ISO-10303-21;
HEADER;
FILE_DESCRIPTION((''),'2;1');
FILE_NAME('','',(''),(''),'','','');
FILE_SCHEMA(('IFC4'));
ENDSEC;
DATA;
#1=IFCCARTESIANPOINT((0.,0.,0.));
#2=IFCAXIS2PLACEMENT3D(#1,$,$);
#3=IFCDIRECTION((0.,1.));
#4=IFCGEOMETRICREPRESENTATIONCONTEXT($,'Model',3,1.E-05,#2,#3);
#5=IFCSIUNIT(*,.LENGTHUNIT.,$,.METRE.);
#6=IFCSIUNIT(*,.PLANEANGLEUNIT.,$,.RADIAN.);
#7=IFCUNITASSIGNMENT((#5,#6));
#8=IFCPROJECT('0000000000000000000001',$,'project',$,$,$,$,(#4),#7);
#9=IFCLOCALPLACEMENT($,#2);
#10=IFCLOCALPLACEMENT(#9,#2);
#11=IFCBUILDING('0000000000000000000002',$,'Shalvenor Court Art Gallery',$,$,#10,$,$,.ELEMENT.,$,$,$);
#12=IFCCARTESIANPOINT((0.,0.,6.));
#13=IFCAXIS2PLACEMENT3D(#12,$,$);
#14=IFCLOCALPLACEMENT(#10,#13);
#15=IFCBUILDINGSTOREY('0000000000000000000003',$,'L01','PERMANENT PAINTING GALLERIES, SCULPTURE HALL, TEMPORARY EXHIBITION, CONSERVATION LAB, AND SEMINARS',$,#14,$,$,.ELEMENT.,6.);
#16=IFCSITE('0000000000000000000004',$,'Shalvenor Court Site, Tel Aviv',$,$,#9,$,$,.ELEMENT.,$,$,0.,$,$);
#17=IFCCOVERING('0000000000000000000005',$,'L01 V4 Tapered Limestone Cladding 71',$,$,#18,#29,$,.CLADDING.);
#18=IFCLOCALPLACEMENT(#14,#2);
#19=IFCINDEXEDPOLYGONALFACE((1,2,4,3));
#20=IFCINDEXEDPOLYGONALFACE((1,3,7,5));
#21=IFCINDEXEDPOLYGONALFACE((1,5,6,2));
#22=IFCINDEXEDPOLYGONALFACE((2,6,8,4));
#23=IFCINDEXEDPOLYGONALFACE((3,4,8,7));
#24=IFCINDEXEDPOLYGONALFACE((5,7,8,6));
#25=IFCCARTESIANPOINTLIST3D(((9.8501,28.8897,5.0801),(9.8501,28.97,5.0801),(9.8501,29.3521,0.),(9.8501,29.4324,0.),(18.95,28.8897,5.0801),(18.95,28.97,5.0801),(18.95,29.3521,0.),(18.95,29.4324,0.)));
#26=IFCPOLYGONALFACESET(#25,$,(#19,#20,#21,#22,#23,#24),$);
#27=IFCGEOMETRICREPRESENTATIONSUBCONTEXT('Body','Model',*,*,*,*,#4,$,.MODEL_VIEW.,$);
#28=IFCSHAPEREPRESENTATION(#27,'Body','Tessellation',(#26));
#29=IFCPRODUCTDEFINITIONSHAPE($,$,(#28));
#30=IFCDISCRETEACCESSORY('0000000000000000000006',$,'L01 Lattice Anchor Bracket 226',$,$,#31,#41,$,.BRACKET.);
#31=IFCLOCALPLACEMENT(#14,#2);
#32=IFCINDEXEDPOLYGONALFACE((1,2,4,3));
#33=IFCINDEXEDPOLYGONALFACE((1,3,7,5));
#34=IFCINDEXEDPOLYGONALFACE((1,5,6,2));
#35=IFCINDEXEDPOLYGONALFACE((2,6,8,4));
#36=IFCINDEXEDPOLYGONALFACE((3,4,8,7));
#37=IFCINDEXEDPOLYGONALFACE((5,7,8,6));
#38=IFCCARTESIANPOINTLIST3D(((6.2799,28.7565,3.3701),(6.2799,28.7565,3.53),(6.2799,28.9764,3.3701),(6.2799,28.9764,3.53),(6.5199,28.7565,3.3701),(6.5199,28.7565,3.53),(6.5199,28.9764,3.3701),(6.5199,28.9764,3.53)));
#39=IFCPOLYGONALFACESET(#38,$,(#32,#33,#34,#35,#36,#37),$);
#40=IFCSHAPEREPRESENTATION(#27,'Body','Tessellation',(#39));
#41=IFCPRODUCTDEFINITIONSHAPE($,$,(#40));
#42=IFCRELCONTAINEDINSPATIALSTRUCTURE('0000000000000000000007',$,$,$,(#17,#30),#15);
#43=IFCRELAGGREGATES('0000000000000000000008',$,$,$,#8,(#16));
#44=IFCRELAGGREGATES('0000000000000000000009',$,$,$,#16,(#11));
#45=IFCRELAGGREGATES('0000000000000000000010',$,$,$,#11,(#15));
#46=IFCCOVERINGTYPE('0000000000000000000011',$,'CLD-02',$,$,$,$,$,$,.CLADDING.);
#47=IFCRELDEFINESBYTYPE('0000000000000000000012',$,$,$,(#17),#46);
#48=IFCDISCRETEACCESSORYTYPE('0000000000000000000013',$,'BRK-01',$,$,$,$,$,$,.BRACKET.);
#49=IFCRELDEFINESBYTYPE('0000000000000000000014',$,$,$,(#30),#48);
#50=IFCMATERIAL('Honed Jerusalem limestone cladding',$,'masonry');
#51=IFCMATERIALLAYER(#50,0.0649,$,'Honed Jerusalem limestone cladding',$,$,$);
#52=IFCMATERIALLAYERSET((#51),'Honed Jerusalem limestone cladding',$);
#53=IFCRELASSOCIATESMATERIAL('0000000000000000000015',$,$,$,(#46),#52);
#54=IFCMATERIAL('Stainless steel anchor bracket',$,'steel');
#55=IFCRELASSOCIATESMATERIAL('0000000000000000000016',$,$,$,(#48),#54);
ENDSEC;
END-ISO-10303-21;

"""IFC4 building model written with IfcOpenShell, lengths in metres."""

from ifc_helpers import new_model, si_unit, direction, frame, origin, origin_2d, place, context, subcontext, project, spatial, polyline, rectangle, outline, extrude, material, layer, layer_set, type_object, element, save


model = new_model("IFC4")

# Units and contexts
model_context = context("Model", 3, precision=1e-05, world=origin(), true_north=direction((0.0, 1.0)))
body_context = subcontext(model_context, "Body", "Model", "MODEL_VIEW")
ifc_project = project(units=[si_unit("LENGTHUNIT", "METRE"), si_unit("PLANEANGLEUNIT", "RADIAN")], contexts=[model_context])

# Site, building, storey
site_placement = place(None, origin())
site = spatial("IfcSite", under=ifc_project, at=site_placement, Name="Shalvenor Court Site, Tel Aviv", CompositionType="ELEMENT", RefElevation=0.0)
building_placement = place(site_placement, origin())
building = spatial("IfcBuilding", under=site, at=building_placement, Name="Shalvenor Court Art Gallery", CompositionType="ELEMENT")
storey_placement = place(building_placement, frame((0.0, 0.0, 6.0)))
storey = spatial("IfcBuildingStorey", under=building, at=storey_placement, Name="L01", Description="PERMANENT PAINTING GALLERIES, SCULPTURE HALL, TEMPORARY EXHIBITION, CONSERVATION LAB, AND SEMINARS", CompositionType="ELEMENT", Elevation=6.0)

# Covering
ifc_material_1 = material(Name="Honed Jerusalem limestone cladding", Category="masonry")
ifc_layer_1 = layer(ifc_material_1, 0.0649, Name="Honed Jerusalem limestone cladding")
ifc_layer_set_1 = layer_set([ifc_layer_1], Name="Honed Jerusalem limestone cladding")
covering_type = type_object("IfcCoveringType", Name="CLD-02", PredefinedType="CLADDING", material=ifc_layer_set_1)
covering_placement = place(storey_placement, frame((18.95, 29.4324, 0.0), z_axis=(0.0, 0.0, 1.0), x_axis=(-1.0, 0.0, 0.0)))
element("IfcCovering", 1, at=covering_placement, inside=storey, type_object=covering_type, Name="L01 V4 Tapered Limestone Cladding 71", PredefinedType="CLADDING", context=body_context, shape_type="SweptSolid", body=[
    extrude(outline(polyline([(0.0, 0.0), (9.0999, 0.0), (9.0999, 5.1011), (0.0, 5.1011), (0.0, 0.0)])), frame((0.0, 0.0, 0.0), z_axis=(0.0, -0.995884, 0.090633), x_axis=(1.0, 0.0, 0.0)), (0.0, 0.090633, -0.995884), 0.0803),
])

# Discrete accessory
ifc_material_2 = material(Name="Stainless steel anchor bracket", Category="steel")
discrete_accessory_type = type_object("IfcDiscreteAccessoryType", Name="BRK-01", PredefinedType="BRACKET", material=ifc_material_2)
discrete_accessory_placement = place(storey_placement, frame((6.3999, 28.8665, 3.3701), z_axis=(0.0, 0.0, 1.0), x_axis=(1.0, 0.0, 0.0)))
element("IfcDiscreteAccessory", 2, at=discrete_accessory_placement, inside=storey, type_object=discrete_accessory_type, Name="L01 Lattice Anchor Bracket 226", PredefinedType="BRACKET", context=body_context, shape_type="SweptSolid", body=[
    extrude(rectangle(XDim=0.24, YDim=0.22, at=origin_2d()), origin(), (0.0, 0.0, 1.0), 0.1599),
])

save(model, "model.ifc")
